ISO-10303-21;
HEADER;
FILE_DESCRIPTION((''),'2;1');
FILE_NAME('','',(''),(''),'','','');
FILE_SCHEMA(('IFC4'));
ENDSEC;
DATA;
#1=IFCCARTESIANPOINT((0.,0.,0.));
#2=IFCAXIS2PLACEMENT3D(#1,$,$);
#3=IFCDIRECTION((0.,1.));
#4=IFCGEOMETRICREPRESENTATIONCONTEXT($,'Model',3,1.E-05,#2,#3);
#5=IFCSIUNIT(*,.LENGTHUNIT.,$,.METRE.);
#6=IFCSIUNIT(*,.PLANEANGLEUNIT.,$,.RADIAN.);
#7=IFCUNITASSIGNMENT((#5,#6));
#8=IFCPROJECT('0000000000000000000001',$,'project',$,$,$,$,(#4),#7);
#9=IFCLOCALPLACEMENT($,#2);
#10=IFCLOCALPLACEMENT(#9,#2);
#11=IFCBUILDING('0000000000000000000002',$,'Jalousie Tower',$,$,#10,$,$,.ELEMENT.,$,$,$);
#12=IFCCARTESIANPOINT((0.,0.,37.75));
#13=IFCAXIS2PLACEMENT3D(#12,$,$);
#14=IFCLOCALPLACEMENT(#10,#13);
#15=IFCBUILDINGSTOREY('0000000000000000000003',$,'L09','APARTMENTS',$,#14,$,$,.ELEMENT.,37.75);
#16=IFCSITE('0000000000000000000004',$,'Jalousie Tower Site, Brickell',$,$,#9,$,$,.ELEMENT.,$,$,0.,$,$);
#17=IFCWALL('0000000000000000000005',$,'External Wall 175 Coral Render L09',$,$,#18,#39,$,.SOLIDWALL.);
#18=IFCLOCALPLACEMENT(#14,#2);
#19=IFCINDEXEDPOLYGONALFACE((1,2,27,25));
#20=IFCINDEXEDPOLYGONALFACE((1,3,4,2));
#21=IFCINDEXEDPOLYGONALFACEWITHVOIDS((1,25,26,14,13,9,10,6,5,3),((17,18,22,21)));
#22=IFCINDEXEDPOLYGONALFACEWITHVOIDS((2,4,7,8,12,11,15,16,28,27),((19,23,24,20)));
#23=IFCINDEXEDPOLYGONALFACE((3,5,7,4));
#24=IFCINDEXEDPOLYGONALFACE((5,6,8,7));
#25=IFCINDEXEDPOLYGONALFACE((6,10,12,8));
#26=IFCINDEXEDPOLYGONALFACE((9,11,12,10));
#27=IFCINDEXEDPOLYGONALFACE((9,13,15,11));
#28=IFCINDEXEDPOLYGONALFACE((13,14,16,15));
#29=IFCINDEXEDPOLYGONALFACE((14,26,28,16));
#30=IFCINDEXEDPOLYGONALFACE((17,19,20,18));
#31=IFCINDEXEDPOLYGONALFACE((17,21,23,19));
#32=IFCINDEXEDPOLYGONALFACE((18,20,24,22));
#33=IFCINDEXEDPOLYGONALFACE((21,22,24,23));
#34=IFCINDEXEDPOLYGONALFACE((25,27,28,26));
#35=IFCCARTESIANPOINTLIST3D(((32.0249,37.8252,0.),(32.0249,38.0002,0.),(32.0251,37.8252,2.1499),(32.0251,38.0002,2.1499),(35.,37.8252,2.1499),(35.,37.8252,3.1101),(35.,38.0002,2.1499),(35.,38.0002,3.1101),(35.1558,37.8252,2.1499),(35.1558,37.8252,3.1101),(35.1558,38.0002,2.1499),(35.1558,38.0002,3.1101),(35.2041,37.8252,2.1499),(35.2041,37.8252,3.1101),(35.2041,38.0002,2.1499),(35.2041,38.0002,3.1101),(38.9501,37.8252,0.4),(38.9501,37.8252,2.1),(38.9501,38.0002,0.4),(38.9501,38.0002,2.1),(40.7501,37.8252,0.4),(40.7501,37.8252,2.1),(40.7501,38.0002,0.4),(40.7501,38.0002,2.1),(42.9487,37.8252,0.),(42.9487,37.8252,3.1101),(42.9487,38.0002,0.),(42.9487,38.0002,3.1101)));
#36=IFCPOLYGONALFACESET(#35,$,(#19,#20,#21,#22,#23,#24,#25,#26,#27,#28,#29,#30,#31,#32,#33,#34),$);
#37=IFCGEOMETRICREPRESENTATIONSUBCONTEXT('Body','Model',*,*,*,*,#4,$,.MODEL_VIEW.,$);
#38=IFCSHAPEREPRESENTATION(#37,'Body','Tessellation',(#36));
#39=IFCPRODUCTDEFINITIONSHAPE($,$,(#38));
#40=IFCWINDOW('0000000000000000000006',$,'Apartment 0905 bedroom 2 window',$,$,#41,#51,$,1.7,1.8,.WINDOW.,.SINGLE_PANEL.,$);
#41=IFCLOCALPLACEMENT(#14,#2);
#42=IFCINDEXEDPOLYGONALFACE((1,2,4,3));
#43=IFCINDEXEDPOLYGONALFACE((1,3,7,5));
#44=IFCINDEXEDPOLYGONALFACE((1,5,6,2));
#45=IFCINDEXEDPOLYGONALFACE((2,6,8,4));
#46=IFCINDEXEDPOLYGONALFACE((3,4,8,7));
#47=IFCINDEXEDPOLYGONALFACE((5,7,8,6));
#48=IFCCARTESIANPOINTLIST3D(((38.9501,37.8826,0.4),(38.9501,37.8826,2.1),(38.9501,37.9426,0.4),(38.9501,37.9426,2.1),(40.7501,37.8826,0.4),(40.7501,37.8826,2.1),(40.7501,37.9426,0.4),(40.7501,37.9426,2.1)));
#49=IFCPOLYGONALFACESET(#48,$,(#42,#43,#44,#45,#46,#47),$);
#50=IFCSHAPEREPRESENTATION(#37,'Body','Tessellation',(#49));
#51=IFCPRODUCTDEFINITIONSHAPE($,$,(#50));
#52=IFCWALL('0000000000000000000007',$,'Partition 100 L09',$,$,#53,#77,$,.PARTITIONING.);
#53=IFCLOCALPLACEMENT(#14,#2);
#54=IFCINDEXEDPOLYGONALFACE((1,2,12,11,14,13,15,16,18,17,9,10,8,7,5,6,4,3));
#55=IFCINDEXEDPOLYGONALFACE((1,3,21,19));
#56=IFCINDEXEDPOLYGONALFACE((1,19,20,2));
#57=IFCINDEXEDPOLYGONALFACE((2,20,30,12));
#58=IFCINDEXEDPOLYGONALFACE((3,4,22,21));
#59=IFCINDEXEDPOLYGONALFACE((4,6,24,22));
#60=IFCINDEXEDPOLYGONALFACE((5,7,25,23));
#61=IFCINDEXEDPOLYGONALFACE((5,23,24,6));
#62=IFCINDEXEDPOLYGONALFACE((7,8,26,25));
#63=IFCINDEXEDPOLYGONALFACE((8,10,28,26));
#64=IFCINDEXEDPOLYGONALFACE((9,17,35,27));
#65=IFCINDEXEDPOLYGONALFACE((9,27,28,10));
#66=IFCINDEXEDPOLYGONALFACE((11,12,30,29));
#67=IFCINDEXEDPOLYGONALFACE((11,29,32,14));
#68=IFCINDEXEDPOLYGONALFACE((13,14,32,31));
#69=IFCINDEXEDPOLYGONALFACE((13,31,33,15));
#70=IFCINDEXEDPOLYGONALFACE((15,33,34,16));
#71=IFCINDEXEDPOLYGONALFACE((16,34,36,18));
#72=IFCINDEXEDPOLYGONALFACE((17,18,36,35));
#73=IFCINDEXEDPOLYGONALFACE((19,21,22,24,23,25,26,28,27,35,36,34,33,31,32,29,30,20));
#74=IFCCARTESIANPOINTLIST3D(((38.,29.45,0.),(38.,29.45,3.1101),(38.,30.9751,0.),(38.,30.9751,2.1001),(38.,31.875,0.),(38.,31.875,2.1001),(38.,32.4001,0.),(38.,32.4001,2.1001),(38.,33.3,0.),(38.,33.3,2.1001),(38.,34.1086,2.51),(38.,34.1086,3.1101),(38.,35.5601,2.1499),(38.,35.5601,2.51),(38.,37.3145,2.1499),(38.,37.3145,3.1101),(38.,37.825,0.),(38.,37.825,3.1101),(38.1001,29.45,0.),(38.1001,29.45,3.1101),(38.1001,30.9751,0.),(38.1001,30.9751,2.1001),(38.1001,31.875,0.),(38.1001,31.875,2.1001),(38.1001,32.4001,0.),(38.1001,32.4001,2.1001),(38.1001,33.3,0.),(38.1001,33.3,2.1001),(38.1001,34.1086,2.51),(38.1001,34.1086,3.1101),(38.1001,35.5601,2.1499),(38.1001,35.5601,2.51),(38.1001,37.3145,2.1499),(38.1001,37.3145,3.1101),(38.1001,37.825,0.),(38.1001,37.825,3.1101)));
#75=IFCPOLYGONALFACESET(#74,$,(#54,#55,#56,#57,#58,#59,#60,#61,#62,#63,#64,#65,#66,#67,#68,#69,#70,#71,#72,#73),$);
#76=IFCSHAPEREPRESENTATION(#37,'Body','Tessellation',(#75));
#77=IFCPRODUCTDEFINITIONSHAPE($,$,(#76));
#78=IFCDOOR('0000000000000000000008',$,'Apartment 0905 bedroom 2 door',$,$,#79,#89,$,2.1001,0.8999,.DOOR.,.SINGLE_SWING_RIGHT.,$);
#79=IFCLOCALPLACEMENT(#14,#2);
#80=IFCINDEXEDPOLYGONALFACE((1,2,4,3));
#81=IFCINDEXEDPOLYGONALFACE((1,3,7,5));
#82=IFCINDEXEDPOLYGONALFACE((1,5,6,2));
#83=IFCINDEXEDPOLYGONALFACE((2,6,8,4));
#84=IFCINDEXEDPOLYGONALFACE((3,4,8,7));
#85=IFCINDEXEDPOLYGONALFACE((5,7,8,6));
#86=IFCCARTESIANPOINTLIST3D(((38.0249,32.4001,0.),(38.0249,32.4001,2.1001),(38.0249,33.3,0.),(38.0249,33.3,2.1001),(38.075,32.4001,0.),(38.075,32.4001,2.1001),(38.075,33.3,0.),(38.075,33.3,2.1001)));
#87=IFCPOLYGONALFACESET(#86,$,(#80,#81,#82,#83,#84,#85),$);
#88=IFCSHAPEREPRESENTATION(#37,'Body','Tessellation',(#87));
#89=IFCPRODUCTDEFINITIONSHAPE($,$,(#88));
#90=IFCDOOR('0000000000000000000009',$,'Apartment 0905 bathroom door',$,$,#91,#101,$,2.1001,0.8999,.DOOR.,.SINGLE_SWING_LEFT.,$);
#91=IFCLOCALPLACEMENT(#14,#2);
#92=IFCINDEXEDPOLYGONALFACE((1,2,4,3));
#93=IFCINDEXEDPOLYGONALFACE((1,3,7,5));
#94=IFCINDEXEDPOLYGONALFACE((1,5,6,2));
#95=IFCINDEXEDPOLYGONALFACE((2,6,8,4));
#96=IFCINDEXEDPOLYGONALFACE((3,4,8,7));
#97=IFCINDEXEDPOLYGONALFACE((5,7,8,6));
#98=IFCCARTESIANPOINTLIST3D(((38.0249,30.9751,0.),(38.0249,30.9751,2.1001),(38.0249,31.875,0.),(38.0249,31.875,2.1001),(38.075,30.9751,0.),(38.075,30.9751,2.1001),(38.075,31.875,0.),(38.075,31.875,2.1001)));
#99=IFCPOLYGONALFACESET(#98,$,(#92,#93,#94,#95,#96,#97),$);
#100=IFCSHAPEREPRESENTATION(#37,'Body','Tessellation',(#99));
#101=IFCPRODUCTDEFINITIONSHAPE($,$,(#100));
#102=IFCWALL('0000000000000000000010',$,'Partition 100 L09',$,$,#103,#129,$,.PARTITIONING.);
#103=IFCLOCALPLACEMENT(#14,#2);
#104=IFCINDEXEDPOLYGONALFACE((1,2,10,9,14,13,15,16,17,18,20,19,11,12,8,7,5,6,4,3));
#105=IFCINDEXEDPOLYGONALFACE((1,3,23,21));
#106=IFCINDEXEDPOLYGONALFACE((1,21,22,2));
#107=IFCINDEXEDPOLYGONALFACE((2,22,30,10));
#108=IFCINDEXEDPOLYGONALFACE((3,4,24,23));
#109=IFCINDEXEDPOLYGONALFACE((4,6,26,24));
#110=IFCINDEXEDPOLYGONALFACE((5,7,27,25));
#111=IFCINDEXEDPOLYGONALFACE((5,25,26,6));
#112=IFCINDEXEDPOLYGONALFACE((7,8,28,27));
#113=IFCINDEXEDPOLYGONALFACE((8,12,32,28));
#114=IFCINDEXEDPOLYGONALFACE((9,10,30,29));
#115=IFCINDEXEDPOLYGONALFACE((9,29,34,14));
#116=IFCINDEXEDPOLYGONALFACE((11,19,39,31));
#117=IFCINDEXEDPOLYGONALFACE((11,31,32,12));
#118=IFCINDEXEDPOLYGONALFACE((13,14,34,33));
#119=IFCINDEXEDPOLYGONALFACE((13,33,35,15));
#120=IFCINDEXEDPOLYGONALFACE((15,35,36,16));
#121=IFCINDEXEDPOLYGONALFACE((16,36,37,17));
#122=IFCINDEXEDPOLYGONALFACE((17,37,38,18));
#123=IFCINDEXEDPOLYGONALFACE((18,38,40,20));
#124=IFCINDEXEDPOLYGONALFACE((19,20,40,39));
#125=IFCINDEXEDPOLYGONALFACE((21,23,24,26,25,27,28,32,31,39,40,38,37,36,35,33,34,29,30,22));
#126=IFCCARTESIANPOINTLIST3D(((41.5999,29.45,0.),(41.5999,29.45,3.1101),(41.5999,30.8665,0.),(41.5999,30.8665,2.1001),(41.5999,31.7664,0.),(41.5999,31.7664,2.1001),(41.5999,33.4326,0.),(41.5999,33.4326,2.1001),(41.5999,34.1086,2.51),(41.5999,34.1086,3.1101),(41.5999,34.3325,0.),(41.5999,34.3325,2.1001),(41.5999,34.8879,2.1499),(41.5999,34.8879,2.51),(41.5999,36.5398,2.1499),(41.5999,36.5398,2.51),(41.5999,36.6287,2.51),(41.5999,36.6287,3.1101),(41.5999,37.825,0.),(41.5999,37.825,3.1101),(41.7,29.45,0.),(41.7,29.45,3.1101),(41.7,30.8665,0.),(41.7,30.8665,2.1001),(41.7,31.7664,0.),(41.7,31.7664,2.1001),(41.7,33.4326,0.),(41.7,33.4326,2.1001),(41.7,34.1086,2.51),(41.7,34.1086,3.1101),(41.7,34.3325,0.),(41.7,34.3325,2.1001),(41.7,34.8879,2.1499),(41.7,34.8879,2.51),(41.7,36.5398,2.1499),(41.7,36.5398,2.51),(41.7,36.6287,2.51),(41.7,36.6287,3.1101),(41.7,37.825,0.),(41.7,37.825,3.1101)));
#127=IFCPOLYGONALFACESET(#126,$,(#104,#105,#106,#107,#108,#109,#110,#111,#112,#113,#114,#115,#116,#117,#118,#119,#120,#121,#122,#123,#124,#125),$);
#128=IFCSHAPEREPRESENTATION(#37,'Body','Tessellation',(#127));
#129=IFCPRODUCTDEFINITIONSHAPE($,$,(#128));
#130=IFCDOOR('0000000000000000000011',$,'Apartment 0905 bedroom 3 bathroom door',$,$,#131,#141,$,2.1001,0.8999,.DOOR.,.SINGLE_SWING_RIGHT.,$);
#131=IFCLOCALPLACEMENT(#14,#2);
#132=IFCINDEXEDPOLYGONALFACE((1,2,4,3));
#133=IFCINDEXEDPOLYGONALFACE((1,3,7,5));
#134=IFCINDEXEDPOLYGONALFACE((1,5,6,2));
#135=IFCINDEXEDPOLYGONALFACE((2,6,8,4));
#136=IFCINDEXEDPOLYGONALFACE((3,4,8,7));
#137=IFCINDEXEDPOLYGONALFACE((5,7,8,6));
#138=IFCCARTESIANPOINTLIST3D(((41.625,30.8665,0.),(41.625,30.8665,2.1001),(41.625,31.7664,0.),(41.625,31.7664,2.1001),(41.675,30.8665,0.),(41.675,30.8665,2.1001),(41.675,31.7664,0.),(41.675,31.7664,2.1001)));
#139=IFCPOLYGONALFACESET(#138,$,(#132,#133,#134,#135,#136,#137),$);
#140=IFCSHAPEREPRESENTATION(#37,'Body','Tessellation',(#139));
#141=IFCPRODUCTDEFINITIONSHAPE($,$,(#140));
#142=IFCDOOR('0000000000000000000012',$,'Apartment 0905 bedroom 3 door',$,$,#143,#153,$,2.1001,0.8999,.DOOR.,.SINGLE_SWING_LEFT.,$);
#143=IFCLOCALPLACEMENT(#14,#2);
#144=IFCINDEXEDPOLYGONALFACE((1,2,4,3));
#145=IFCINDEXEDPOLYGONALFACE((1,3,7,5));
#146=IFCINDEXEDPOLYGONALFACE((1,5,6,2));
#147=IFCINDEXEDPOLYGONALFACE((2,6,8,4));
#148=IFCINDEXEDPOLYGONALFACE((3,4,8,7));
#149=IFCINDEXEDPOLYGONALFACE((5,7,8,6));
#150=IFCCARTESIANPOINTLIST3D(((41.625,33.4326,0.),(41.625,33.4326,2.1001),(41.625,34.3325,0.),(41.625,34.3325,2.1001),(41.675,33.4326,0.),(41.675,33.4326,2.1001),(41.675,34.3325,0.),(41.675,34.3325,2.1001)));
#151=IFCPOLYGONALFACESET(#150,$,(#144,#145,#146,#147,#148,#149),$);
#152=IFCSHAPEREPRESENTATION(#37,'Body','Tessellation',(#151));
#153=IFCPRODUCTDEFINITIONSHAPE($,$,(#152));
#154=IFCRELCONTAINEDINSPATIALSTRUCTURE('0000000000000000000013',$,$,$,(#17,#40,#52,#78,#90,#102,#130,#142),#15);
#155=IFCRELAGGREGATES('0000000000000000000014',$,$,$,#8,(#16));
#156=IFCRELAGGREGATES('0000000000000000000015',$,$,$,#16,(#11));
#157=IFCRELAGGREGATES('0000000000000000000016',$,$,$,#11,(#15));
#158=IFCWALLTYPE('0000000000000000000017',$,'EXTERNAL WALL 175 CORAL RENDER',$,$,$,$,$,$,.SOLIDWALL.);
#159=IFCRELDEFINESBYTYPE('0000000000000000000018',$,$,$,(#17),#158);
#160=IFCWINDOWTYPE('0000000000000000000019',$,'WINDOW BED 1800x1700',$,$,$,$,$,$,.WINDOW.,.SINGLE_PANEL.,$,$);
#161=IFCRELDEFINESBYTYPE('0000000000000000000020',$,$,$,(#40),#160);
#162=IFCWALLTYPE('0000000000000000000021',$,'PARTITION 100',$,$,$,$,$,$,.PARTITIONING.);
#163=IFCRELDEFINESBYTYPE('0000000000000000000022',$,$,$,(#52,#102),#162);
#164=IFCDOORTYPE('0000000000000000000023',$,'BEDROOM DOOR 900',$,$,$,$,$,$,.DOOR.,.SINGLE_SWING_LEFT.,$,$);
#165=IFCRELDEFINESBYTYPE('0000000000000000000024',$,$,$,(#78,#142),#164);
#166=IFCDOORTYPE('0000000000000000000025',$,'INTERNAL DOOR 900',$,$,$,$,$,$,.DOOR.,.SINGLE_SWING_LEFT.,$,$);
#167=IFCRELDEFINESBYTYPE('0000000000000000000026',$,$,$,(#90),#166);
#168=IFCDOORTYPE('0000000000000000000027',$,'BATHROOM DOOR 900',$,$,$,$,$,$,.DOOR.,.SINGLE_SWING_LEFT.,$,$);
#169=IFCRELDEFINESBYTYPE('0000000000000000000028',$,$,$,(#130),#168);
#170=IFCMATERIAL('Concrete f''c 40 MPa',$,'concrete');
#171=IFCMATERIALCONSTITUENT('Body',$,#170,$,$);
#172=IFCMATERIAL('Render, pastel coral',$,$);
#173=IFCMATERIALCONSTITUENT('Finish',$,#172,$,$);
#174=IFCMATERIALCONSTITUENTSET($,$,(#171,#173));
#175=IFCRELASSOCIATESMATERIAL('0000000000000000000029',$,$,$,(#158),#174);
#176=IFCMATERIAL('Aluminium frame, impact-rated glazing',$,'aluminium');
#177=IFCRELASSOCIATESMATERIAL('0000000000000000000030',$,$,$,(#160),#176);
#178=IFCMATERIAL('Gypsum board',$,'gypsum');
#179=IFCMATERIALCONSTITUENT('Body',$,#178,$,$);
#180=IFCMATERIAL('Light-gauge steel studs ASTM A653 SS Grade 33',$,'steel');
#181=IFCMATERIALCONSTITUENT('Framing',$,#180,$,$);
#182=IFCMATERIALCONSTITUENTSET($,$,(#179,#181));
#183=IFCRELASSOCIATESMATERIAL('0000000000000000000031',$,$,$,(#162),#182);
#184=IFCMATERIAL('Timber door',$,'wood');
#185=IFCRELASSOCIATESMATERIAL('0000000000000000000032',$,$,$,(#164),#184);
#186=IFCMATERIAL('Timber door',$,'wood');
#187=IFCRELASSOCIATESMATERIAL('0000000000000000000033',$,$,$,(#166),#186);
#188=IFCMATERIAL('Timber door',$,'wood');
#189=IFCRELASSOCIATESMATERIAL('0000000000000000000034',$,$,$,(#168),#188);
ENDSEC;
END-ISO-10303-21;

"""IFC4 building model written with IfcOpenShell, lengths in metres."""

from ifc_helpers import new_model, si_unit, direction, frame, frame_2d, origin, place, context, subcontext, project, spatial, polyline, rectangle, outline, extrude, material, constituent, constituent_set, type_object, element, fill, save


model = new_model("IFC4")

# Units and contexts
model_context = context("Model", 3, precision=1e-05, world=origin(), true_north=direction((0.0, 1.0)))
body_context = subcontext(model_context, "Body", "Model", "MODEL_VIEW")
ifc_project = project(units=[si_unit("LENGTHUNIT", "METRE"), si_unit("PLANEANGLEUNIT", "RADIAN")], contexts=[model_context])

# Site, building, storey
site_placement = place(None, origin())
site = spatial("IfcSite", under=ifc_project, at=site_placement, Name="Jalousie Tower Site, Brickell", CompositionType="ELEMENT", RefElevation=0.0)
building_placement = place(site_placement, origin())
building = spatial("IfcBuilding", under=site, at=building_placement, Name="Jalousie Tower", CompositionType="ELEMENT")
storey_placement = place(building_placement, frame((0.0, 0.0, 37.75)))
storey = spatial("IfcBuildingStorey", under=building, at=storey_placement, Name="L09", Description="APARTMENTS", CompositionType="ELEMENT", Elevation=37.75)

# Wall, opening, window
ifc_material_1 = material(Name="Concrete f'c 40 MPa", Category="concrete")
ifc_constituent_1 = constituent(ifc_material_1, Name="Body")
ifc_material_2 = material(Name="Render, pastel coral")
ifc_constituent_2 = constituent(ifc_material_2, Name="Finish")
ifc_constituent_set_1 = constituent_set(constituents=[ifc_constituent_1, ifc_constituent_2])
wall_type_1 = type_object("IfcWallType", Name="EXTERNAL WALL 175 CORAL RENDER", PredefinedType="SOLIDWALL", material=ifc_constituent_set_1)
wall_1_placement = place(storey_placement, frame((42.9487, 37.9126, 0.0), z_axis=(0.0, 0.0, 1.0), x_axis=(-1.0, 0.0, 0.0)))
wall_1 = element("IfcWall", 1, at=wall_1_placement, inside=storey, type_object=wall_type_1, Name="External Wall 175 Coral Render L09", PredefinedType="SOLIDWALL", context=body_context, shape_type="SweptSolid", body=[
    extrude(outline(polyline([(0.0, 0.0), (10.9238, 0.0), (10.9236, 2.1499), (7.9487, 2.1499), (7.9487, 3.1101), (7.793, 3.1101), (7.793, 2.1499), (7.7446, 2.1499), (7.7446, 3.1101), (0.0, 3.1101), (0.0, 0.0)])), frame((0.0, 0.0874, 0.0), z_axis=(0.0, -1.0, 0.0), x_axis=(1.0, 0.0, 0.0)), (0.0, 0.0, 1.0), 0.175),
])
opening_1_placement = place(wall_1_placement, frame((2.1987, 0.0, 0.3999)))
opening_1 = element("IfcOpeningElement", 2, at=opening_1_placement, cuts=wall_1, PredefinedType="OPENING", context=body_context, shape_type="SweptSolid", body=[
    extrude(rectangle(XDim=1.8, YDim=1.7, at=frame_2d((0.8999, 0.8501))), frame((0.0, 0.0974, 0.0), z_axis=(0.0, -1.0, 0.0), x_axis=(1.0, 0.0, 0.0)), (0.0, 0.0, 1.0), 0.1951),
])
ifc_material_3 = material(Name="Aluminium frame, impact-rated glazing", Category="aluminium")
window_type = type_object("IfcWindowType", Name="WINDOW BED 1800x1700", PartitioningType="SINGLE_PANEL", PredefinedType="WINDOW", material=ifc_material_3)
window_placement = place(opening_1_placement, origin())
window = element("IfcWindow", 3, at=window_placement, inside=storey, type_object=window_type, Name="Apartment 0905 bedroom 2 window", OverallHeight=1.7, OverallWidth=1.8, PartitioningType="SINGLE_PANEL", PredefinedType="WINDOW", context=body_context, shape_type="SweptSolid", body=[
    extrude(rectangle(XDim=1.8, YDim=1.7, at=frame_2d((0.8999, 0.8501))), frame((0.0, 0.03, 0.0), z_axis=(0.0, -1.0, 0.0), x_axis=(1.0, 0.0, 0.0)), (0.0, 0.0, 1.0), 0.0601),
])
fill(opening_1, window)

# Walls, openings, doors
ifc_material_4 = material(Name="Gypsum board", Category="gypsum")
ifc_constituent_3 = constituent(ifc_material_4, Name="Body")
ifc_material_5 = material(Name="Light-gauge steel studs ASTM A653 SS Grade 33", Category="steel")
ifc_constituent_4 = constituent(ifc_material_5, Name="Framing")
ifc_constituent_set_2 = constituent_set(constituents=[ifc_constituent_3, ifc_constituent_4])
wall_type_2 = type_object("IfcWallType", Name="PARTITION 100", PredefinedType="PARTITIONING", material=ifc_constituent_set_2)
wall_2_placement = place(storey_placement, frame((38.05, 37.825, 0.0), z_axis=(0.0, 0.0, 1.0), x_axis=(0.0, -1.0, 0.0)))
wall_2 = element("IfcWall", 4, at=wall_2_placement, inside=storey, type_object=wall_type_2, Name="Partition 100 L09", PredefinedType="PARTITIONING", context=body_context, shape_type="SweptSolid", body=[
    extrude(outline(polyline([(0.0, 0.0), (8.375, 0.0), (8.375, 3.1101), (3.7163, 3.1101), (3.7163, 2.51), (2.2649, 2.51), (2.2649, 2.1499), (0.5105, 2.1499), (0.5105, 3.1101), (0.0, 3.1101), (0.0, 0.0)])), frame((0.0, 0.05, 0.0), z_axis=(0.0, -1.0, 0.0), x_axis=(1.0, 0.0, 0.0)), (0.0, 0.0, 1.0), 0.1001),
])
opening_2_placement = place(wall_2_placement, frame((4.5249, 0.0, 0.0)))
opening_2 = element("IfcOpeningElement", 5, at=opening_2_placement, cuts=wall_2, PredefinedType="OPENING", context=body_context, shape_type="SweptSolid", body=[
    extrude(rectangle(XDim=0.8999, YDim=2.1001, at=frame_2d((0.45, 1.05))), frame((0.0, 0.0601, 0.0), z_axis=(0.0, -1.0, 0.0), x_axis=(1.0, 0.0, 0.0)), (0.0, 0.0, 1.0), 0.1201),
])
opening_3_placement = place(wall_2_placement, frame((5.95, 0.0, 0.0)))
opening_3 = element("IfcOpeningElement", 6, at=opening_3_placement, cuts=wall_2, PredefinedType="OPENING", context=body_context, shape_type="SweptSolid", body=[
    extrude(rectangle(XDim=0.8999, YDim=2.1001, at=frame_2d((0.45, 1.05))), frame((0.0, 0.0601, 0.0), z_axis=(0.0, -1.0, 0.0), x_axis=(1.0, 0.0, 0.0)), (0.0, 0.0, 1.0), 0.1201),
])
ifc_material_6 = material(Name="Timber door", Category="wood")
door_type_1 = type_object("IfcDoorType", Name="BEDROOM DOOR 900", OperationType="SINGLE_SWING_LEFT", PredefinedType="DOOR", material=ifc_material_6)
door_1_placement = place(opening_2_placement, origin())
door_1 = element("IfcDoor", 7, at=door_1_placement, inside=storey, type_object=door_type_1, Name="Apartment 0905 bedroom 2 door", OperationType="SINGLE_SWING_RIGHT", OverallHeight=2.1001, OverallWidth=0.8999, PredefinedType="DOOR", context=body_context, shape_type="SweptSolid", body=[
    extrude(rectangle(XDim=0.8999, YDim=2.1001, at=frame_2d((0.45, 1.05))), frame((0.0, 0.0249, 0.0), z_axis=(0.0, -1.0, 0.0), x_axis=(1.0, 0.0, 0.0)), (0.0, 0.0, 1.0), 0.05),
])
fill(opening_2, door_1)
ifc_material_7 = material(Name="Timber door", Category="wood")
door_type_2 = type_object("IfcDoorType", Name="INTERNAL DOOR 900", OperationType="SINGLE_SWING_LEFT", PredefinedType="DOOR", material=ifc_material_7)
door_2_placement = place(opening_3_placement, origin())
door_2 = element("IfcDoor", 8, at=door_2_placement, inside=storey, type_object=door_type_2, Name="Apartment 0905 bathroom door", OperationType="SINGLE_SWING_LEFT", OverallHeight=2.1001, OverallWidth=0.8999, PredefinedType="DOOR", context=body_context, shape_type="SweptSolid", body=[
    extrude(rectangle(XDim=0.8999, YDim=2.1001, at=frame_2d((0.45, 1.05))), frame((0.0, 0.0249, 0.0), z_axis=(0.0, -1.0, 0.0), x_axis=(1.0, 0.0, 0.0)), (0.0, 0.0, 1.0), 0.05),
])
fill(opening_3, door_2)
wall_3_placement = place(storey_placement, frame((41.6499, 37.825, 0.0), z_axis=(0.0, 0.0, 1.0), x_axis=(0.0, -1.0, 0.0)))
wall_3 = element("IfcWall", 9, at=wall_3_placement, inside=storey, type_object=wall_type_2, Name="Partition 100 L09", PredefinedType="PARTITIONING", context=body_context, shape_type="SweptSolid", body=[
    extrude(outline(polyline([(0.0, 0.0), (8.375, 0.0), (8.375, 3.1101), (3.7163, 3.1101), (3.7163, 2.51), (2.937, 2.51), (2.937, 2.1499), (1.2852, 2.1499), (1.2852, 2.51), (1.1963, 2.51), (1.1963, 3.1101), (0.0, 3.1101), (0.0, 0.0)])), frame((0.0, 0.05, 0.0), z_axis=(0.0, -1.0, 0.0), x_axis=(1.0, 0.0, 0.0)), (0.0, 0.0, 1.0), 0.1001),
])
opening_4_placement = place(wall_3_placement, frame((3.4924, 0.0, 0.0)))
opening_4 = element("IfcOpeningElement", 10, at=opening_4_placement, cuts=wall_3, PredefinedType="OPENING", context=body_context, shape_type="SweptSolid", body=[
    extrude(rectangle(XDim=0.8999, YDim=2.1001, at=frame_2d((0.45, 1.05))), frame((0.0, 0.0601, 0.0), z_axis=(0.0, -1.0, 0.0), x_axis=(1.0, 0.0, 0.0)), (0.0, 0.0, 1.0), 0.1201),
])
opening_5_placement = place(wall_3_placement, frame((6.0586, 0.0, 0.0)))
opening_5 = element("IfcOpeningElement", 11, at=opening_5_placement, cuts=wall_3, PredefinedType="OPENING", context=body_context, shape_type="SweptSolid", body=[
    extrude(rectangle(XDim=0.8999, YDim=2.1001, at=frame_2d((0.45, 1.05))), frame((0.0, 0.0601, 0.0), z_axis=(0.0, -1.0, 0.0), x_axis=(1.0, 0.0, 0.0)), (0.0, 0.0, 1.0), 0.1201),
])
ifc_material_8 = material(Name="Timber door", Category="wood")
door_type_3 = type_object("IfcDoorType", Name="BATHROOM DOOR 900", OperationType="SINGLE_SWING_LEFT", PredefinedType="DOOR", material=ifc_material_8)
door_3_placement = place(opening_5_placement, frame((0.8999, 0.0, 0.0), z_axis=(0.0, 0.0, 1.0), x_axis=(-1.0, 0.0, 0.0)))
door_3 = element("IfcDoor", 12, at=door_3_placement, inside=storey, type_object=door_type_3, Name="Apartment 0905 bedroom 3 bathroom door", OperationType="SINGLE_SWING_RIGHT", OverallHeight=2.1001, OverallWidth=0.8999, PredefinedType="DOOR", context=body_context, shape_type="SweptSolid", body=[
    extrude(rectangle(XDim=0.8999, YDim=2.1001, at=frame_2d((0.45, 1.05))), frame((0.0, 0.0249, 0.0), z_axis=(0.0, -1.0, 0.0), x_axis=(1.0, 0.0, 0.0)), (0.0, 0.0, 1.0), 0.05),
])
fill(opening_5, door_3)
door_4_placement = place(opening_4_placement, frame((0.8999, 0.0, 0.0), z_axis=(0.0, 0.0, 1.0), x_axis=(-1.0, 0.0, 0.0)))
door_4 = element("IfcDoor", 13, at=door_4_placement, inside=storey, type_object=door_type_1, Name="Apartment 0905 bedroom 3 door", OperationType="SINGLE_SWING_LEFT", OverallHeight=2.1001, OverallWidth=0.8999, PredefinedType="DOOR", context=body_context, shape_type="SweptSolid", body=[
    extrude(rectangle(XDim=0.8999, YDim=2.1001, at=frame_2d((0.45, 1.05))), frame((0.0, 0.0249, 0.0), z_axis=(0.0, -1.0, 0.0), x_axis=(1.0, 0.0, 0.0)), (0.0, 0.0, 1.0), 0.05),
])
fill(opening_4, door_4)

save(model, "model.ifc")
